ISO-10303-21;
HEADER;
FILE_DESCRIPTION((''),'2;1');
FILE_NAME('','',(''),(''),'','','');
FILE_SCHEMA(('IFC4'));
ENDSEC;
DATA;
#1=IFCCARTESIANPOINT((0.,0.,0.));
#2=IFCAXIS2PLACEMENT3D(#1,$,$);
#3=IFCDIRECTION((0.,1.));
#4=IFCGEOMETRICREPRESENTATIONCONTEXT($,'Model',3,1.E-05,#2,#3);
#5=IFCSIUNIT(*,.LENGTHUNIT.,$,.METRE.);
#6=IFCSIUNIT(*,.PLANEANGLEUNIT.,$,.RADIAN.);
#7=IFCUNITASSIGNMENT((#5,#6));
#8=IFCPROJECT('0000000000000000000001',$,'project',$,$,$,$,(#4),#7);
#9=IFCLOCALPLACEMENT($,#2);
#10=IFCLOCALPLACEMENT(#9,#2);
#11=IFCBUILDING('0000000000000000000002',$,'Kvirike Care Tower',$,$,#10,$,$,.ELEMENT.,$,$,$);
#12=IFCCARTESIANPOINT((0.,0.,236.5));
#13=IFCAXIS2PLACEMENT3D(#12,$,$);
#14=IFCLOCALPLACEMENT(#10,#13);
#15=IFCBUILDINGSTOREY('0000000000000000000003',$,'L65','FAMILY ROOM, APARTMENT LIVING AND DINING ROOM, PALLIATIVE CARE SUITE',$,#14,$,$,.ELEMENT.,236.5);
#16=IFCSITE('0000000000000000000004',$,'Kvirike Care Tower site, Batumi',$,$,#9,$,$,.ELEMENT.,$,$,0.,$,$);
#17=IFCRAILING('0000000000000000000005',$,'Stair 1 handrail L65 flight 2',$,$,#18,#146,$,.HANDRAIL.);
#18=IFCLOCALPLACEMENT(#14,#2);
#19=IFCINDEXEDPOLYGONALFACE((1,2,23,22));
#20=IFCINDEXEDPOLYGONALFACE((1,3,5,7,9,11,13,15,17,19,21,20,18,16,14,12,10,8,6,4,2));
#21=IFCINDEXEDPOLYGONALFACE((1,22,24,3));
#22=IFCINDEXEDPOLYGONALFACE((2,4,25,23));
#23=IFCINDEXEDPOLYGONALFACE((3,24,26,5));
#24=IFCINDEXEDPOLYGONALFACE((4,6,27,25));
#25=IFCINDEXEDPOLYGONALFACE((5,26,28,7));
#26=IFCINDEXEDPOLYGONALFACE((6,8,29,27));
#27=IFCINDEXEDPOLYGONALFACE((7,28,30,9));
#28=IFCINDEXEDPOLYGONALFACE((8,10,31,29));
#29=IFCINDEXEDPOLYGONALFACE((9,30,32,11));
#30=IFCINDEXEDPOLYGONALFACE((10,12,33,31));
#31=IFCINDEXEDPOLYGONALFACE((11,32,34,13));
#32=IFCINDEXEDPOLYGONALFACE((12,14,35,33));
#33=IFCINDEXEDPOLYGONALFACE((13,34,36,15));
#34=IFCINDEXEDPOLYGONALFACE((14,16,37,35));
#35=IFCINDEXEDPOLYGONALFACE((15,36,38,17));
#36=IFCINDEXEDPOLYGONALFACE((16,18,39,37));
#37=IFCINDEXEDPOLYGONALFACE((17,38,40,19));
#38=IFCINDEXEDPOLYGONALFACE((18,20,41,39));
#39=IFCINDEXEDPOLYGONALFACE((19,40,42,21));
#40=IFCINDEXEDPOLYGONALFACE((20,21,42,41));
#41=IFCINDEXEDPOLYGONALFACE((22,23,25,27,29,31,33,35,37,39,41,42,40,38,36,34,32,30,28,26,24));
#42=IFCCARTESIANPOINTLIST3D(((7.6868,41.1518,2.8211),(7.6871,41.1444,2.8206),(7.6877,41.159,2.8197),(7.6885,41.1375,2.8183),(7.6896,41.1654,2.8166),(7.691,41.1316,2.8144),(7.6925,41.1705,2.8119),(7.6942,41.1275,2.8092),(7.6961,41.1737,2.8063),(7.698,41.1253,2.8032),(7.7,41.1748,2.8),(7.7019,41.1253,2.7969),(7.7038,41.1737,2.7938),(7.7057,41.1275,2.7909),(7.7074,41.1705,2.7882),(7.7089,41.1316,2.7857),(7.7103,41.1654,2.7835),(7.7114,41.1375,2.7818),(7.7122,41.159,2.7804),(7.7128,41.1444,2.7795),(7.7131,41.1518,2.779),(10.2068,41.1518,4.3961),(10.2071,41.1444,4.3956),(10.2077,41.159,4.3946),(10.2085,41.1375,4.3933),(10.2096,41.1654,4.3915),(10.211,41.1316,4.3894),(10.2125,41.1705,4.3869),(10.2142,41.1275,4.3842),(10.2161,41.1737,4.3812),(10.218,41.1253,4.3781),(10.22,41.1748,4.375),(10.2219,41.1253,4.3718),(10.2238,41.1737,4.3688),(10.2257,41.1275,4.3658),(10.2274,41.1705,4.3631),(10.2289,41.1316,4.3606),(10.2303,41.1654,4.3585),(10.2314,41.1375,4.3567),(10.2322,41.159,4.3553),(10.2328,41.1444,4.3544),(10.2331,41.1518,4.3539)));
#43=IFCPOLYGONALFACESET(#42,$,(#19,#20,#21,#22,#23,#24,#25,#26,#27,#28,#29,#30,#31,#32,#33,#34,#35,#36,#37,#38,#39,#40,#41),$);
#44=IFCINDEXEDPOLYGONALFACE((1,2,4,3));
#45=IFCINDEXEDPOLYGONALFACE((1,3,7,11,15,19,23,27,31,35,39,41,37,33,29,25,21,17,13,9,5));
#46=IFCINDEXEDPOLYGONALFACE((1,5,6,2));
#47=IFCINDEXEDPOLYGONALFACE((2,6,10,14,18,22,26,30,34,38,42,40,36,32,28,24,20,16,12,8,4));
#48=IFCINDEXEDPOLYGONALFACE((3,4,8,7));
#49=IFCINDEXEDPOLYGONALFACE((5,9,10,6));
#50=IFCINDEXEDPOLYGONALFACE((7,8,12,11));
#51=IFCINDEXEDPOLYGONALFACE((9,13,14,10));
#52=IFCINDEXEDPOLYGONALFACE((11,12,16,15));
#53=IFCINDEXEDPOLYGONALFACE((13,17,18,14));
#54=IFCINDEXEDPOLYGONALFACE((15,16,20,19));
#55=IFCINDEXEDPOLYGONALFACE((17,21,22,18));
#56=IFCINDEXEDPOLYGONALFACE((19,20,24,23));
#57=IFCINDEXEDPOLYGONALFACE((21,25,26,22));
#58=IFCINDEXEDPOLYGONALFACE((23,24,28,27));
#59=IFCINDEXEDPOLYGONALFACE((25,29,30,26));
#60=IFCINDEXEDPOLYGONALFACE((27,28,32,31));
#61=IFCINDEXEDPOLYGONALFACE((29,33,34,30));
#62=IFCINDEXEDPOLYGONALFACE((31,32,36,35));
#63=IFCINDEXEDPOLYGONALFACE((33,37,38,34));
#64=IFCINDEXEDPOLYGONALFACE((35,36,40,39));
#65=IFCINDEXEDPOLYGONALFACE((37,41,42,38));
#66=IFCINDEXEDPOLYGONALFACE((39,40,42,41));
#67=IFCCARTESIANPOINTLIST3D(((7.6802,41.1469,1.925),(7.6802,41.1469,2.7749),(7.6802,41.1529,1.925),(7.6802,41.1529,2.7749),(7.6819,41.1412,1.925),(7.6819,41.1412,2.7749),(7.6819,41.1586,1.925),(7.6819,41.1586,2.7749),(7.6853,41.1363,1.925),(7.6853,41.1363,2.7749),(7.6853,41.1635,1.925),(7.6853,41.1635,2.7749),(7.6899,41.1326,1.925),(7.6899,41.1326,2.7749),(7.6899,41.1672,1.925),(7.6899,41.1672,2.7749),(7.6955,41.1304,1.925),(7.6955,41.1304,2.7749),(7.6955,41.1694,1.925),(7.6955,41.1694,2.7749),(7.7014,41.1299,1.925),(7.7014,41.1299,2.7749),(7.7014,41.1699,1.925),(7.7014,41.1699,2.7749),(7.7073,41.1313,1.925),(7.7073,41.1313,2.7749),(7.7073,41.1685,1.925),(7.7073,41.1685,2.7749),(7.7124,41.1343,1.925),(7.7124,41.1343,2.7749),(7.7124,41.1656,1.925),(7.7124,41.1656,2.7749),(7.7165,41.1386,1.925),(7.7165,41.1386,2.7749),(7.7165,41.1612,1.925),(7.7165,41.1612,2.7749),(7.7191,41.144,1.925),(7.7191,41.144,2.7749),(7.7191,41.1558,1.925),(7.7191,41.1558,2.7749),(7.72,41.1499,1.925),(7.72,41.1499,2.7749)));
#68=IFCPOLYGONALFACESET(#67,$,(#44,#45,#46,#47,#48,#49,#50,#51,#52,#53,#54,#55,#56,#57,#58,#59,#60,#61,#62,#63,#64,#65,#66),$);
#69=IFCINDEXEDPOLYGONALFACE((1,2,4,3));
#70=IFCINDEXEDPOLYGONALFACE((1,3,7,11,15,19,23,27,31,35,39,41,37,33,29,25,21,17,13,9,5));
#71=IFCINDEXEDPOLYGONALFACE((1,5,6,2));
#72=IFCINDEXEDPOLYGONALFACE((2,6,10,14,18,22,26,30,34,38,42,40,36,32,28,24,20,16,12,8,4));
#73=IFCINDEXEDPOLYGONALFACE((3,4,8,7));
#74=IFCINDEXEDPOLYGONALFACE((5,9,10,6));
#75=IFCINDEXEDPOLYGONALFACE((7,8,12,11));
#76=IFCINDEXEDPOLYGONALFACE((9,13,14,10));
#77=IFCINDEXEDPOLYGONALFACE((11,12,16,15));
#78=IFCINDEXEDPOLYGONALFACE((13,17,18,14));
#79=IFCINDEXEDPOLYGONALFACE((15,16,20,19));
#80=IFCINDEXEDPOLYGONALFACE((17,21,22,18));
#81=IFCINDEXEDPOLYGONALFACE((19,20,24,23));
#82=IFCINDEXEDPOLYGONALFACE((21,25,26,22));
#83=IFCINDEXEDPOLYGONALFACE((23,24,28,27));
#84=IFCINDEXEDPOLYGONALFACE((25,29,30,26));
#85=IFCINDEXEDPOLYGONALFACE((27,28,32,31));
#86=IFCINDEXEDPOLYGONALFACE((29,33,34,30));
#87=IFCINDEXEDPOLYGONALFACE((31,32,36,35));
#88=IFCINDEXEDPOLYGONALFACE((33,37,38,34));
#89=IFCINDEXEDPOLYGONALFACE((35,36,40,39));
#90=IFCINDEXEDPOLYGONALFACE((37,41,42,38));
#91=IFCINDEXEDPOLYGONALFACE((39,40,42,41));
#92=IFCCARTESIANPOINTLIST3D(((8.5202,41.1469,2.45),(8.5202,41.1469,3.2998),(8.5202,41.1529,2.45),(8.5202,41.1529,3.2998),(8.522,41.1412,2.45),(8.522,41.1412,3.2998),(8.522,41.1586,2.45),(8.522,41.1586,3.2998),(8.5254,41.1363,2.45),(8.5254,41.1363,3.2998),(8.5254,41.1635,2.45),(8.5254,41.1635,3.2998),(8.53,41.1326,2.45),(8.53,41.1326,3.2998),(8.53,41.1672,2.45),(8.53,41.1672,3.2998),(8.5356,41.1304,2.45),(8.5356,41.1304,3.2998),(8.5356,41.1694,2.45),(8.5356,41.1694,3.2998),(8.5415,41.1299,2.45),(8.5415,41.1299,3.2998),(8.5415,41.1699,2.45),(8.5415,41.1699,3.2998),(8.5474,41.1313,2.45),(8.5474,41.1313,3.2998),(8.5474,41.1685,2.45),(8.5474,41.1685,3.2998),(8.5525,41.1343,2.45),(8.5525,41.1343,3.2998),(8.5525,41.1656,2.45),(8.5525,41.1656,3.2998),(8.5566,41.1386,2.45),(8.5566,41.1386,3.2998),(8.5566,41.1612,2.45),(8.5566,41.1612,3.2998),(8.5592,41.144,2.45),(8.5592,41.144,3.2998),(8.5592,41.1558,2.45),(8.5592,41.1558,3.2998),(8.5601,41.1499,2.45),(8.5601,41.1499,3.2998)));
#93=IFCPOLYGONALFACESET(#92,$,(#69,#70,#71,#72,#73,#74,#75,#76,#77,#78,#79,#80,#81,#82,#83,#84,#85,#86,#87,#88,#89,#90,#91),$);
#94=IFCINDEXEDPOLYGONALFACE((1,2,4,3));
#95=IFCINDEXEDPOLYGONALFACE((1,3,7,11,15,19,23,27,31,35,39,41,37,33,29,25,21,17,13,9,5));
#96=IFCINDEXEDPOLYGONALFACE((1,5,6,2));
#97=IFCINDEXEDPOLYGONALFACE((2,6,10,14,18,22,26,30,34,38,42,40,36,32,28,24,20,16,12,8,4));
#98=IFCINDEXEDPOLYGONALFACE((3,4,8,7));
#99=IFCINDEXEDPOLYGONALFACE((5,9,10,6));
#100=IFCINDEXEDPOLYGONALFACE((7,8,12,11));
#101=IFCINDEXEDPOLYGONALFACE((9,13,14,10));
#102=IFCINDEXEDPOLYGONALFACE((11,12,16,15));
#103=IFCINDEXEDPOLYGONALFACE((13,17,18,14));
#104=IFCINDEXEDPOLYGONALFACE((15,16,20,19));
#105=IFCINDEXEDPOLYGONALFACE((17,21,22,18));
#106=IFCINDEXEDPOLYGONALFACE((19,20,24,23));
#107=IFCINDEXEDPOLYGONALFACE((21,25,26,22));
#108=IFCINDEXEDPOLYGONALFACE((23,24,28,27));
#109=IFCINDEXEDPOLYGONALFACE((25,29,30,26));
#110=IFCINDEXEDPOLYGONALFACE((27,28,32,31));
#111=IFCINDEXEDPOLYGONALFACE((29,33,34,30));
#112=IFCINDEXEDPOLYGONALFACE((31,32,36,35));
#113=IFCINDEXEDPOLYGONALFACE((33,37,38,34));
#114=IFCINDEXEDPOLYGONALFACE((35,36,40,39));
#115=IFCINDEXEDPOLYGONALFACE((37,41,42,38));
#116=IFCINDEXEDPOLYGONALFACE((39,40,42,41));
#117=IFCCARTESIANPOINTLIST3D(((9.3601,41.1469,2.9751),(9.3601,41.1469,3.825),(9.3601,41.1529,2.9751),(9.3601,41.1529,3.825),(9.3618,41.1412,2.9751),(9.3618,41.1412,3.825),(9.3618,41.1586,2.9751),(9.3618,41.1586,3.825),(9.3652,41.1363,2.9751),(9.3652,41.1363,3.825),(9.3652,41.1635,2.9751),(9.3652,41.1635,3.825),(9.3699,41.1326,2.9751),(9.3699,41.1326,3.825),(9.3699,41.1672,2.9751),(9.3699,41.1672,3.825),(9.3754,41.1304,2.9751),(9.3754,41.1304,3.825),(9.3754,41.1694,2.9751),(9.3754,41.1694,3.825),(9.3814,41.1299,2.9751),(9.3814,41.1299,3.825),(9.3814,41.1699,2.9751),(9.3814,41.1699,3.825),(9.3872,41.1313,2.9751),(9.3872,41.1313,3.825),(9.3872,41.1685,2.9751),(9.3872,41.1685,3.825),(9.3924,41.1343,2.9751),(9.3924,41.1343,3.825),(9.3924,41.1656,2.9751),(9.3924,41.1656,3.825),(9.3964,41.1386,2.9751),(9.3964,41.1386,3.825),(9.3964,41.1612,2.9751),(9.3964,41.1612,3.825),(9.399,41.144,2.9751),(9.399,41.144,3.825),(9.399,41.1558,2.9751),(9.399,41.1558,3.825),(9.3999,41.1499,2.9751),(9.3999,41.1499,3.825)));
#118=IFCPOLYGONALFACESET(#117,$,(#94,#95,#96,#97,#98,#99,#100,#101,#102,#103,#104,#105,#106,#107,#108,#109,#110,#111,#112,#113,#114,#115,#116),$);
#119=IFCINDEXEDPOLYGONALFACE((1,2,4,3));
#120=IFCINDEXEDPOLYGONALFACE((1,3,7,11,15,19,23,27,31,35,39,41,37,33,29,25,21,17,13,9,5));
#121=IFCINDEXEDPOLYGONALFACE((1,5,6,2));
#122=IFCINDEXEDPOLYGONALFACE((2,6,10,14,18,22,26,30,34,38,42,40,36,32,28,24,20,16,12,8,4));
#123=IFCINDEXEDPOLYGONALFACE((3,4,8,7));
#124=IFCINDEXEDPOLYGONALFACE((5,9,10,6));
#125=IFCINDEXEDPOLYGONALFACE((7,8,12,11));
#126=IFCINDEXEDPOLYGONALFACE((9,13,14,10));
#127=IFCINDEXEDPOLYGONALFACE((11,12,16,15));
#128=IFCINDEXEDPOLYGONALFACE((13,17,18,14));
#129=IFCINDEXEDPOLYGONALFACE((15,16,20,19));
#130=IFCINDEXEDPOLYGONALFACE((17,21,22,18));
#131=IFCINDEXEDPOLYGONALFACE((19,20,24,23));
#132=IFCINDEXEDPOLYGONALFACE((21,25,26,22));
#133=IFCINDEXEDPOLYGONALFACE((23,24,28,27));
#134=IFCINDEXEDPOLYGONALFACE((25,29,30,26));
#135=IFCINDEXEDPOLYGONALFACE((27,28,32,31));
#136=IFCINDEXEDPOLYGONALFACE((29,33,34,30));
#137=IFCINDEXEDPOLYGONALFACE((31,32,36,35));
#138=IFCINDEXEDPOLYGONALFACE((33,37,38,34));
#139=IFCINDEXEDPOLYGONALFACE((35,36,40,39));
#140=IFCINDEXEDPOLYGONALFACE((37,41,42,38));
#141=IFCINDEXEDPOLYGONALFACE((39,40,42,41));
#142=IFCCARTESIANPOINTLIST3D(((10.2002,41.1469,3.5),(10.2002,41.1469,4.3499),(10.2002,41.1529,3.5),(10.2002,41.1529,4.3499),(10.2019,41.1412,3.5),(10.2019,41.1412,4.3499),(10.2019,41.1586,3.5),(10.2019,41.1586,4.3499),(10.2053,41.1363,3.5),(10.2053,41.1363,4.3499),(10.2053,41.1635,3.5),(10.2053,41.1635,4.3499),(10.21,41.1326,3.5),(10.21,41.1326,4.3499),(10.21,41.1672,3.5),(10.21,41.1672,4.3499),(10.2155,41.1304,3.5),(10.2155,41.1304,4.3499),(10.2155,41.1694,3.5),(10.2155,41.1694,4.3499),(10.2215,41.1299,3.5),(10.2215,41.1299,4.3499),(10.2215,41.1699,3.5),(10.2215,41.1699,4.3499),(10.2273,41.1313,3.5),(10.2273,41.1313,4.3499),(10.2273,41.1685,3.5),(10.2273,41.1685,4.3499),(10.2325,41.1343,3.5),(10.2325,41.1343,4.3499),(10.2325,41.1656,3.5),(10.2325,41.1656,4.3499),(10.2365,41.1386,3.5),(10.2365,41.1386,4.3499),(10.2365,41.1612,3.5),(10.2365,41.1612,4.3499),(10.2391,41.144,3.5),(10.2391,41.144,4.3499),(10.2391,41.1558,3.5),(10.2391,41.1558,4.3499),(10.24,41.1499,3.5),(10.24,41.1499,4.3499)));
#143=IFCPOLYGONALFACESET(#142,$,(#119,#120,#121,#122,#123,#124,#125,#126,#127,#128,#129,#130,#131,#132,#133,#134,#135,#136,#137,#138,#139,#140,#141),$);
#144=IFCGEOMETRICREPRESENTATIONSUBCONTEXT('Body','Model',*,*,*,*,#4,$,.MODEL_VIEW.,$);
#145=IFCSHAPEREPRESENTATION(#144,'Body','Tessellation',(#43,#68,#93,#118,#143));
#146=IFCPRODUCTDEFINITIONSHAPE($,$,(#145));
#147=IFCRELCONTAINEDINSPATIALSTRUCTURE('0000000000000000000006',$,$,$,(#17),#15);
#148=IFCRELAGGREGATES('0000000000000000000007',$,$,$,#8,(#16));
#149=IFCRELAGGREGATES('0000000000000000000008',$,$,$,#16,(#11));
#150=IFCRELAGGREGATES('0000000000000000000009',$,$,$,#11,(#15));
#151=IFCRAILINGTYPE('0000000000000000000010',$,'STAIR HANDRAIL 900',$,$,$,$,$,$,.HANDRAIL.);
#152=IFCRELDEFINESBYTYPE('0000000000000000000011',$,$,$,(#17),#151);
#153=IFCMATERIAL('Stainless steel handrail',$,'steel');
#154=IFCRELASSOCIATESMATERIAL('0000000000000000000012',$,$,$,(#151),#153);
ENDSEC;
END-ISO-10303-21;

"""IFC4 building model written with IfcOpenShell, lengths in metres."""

from ifc_helpers import new_model, si_unit, direction, frame, origin, origin_2d, place, context, subcontext, project, spatial, circle, extrude, material, type_object, element, save


model = new_model("IFC4")

# Units and contexts
model_context = context("Model", 3, precision=1e-05, world=origin(), true_north=direction((0.0, 1.0)))
body_context = subcontext(model_context, "Body", "Model", "MODEL_VIEW")
ifc_project = project(units=[si_unit("LENGTHUNIT", "METRE"), si_unit("PLANEANGLEUNIT", "RADIAN")], contexts=[model_context])

# Site, building, storey
site_placement = place(None, origin())
site = spatial("IfcSite", under=ifc_project, at=site_placement, Name="Kvirike Care Tower site, Batumi", CompositionType="ELEMENT", RefElevation=0.0)
building_placement = place(site_placement, origin())
building = spatial("IfcBuilding", under=site, at=building_placement, Name="Kvirike Care Tower", CompositionType="ELEMENT")
storey_placement = place(building_placement, frame((0.0, 0.0, 236.5)))
storey = spatial("IfcBuildingStorey", under=building, at=storey_placement, Name="L65", Description="FAMILY ROOM, APARTMENT LIVING AND DINING ROOM, PALLIATIVE CARE SUITE", CompositionType="ELEMENT", Elevation=236.5)

# Railing
ifc_material_1 = material(Name="Stainless steel handrail", Category="steel")
railing_type = type_object("IfcRailingType", Name="STAIR HANDRAIL 900", PredefinedType="HANDRAIL", material=ifc_material_1)
railing_1_placement = place(storey_placement, frame((7.7, 41.1499, 1.925)))
element("IfcRailing", 1, at=railing_1_placement, inside=storey, type_object=railing_type, Name="Stair 1 handrail L65 flight 2", PredefinedType="HANDRAIL", context=body_context, shape_type="SweptSolid", body=[
    extrude(circle(Radius=0.0249, at=origin_2d()), frame((0.0, 0.0, 0.875), z_axis=(0.848008, 0.0, 0.529984), x_axis=(0.0, 1.0, 0.0)), (0.0, 0.0, 1.0), 2.9717),
    extrude(circle(Radius=0.02, at=origin_2d()), origin(), (0.0, 0.0, 1.0), 0.8499),
    extrude(circle(Radius=0.02, at=origin_2d()), frame((0.8401, 0.0, 0.5249)), (0.0, 0.0, 1.0), 0.8499),
    extrude(circle(Radius=0.02, at=origin_2d()), frame((1.6799, 0.0, 1.05)), (0.0, 0.0, 1.0), 0.8499),
    extrude(circle(Radius=0.02, at=origin_2d()), frame((2.52, 0.0, 1.575)), (0.0, 0.0, 1.0), 0.8499),
])

save(model, "model.ifc")
